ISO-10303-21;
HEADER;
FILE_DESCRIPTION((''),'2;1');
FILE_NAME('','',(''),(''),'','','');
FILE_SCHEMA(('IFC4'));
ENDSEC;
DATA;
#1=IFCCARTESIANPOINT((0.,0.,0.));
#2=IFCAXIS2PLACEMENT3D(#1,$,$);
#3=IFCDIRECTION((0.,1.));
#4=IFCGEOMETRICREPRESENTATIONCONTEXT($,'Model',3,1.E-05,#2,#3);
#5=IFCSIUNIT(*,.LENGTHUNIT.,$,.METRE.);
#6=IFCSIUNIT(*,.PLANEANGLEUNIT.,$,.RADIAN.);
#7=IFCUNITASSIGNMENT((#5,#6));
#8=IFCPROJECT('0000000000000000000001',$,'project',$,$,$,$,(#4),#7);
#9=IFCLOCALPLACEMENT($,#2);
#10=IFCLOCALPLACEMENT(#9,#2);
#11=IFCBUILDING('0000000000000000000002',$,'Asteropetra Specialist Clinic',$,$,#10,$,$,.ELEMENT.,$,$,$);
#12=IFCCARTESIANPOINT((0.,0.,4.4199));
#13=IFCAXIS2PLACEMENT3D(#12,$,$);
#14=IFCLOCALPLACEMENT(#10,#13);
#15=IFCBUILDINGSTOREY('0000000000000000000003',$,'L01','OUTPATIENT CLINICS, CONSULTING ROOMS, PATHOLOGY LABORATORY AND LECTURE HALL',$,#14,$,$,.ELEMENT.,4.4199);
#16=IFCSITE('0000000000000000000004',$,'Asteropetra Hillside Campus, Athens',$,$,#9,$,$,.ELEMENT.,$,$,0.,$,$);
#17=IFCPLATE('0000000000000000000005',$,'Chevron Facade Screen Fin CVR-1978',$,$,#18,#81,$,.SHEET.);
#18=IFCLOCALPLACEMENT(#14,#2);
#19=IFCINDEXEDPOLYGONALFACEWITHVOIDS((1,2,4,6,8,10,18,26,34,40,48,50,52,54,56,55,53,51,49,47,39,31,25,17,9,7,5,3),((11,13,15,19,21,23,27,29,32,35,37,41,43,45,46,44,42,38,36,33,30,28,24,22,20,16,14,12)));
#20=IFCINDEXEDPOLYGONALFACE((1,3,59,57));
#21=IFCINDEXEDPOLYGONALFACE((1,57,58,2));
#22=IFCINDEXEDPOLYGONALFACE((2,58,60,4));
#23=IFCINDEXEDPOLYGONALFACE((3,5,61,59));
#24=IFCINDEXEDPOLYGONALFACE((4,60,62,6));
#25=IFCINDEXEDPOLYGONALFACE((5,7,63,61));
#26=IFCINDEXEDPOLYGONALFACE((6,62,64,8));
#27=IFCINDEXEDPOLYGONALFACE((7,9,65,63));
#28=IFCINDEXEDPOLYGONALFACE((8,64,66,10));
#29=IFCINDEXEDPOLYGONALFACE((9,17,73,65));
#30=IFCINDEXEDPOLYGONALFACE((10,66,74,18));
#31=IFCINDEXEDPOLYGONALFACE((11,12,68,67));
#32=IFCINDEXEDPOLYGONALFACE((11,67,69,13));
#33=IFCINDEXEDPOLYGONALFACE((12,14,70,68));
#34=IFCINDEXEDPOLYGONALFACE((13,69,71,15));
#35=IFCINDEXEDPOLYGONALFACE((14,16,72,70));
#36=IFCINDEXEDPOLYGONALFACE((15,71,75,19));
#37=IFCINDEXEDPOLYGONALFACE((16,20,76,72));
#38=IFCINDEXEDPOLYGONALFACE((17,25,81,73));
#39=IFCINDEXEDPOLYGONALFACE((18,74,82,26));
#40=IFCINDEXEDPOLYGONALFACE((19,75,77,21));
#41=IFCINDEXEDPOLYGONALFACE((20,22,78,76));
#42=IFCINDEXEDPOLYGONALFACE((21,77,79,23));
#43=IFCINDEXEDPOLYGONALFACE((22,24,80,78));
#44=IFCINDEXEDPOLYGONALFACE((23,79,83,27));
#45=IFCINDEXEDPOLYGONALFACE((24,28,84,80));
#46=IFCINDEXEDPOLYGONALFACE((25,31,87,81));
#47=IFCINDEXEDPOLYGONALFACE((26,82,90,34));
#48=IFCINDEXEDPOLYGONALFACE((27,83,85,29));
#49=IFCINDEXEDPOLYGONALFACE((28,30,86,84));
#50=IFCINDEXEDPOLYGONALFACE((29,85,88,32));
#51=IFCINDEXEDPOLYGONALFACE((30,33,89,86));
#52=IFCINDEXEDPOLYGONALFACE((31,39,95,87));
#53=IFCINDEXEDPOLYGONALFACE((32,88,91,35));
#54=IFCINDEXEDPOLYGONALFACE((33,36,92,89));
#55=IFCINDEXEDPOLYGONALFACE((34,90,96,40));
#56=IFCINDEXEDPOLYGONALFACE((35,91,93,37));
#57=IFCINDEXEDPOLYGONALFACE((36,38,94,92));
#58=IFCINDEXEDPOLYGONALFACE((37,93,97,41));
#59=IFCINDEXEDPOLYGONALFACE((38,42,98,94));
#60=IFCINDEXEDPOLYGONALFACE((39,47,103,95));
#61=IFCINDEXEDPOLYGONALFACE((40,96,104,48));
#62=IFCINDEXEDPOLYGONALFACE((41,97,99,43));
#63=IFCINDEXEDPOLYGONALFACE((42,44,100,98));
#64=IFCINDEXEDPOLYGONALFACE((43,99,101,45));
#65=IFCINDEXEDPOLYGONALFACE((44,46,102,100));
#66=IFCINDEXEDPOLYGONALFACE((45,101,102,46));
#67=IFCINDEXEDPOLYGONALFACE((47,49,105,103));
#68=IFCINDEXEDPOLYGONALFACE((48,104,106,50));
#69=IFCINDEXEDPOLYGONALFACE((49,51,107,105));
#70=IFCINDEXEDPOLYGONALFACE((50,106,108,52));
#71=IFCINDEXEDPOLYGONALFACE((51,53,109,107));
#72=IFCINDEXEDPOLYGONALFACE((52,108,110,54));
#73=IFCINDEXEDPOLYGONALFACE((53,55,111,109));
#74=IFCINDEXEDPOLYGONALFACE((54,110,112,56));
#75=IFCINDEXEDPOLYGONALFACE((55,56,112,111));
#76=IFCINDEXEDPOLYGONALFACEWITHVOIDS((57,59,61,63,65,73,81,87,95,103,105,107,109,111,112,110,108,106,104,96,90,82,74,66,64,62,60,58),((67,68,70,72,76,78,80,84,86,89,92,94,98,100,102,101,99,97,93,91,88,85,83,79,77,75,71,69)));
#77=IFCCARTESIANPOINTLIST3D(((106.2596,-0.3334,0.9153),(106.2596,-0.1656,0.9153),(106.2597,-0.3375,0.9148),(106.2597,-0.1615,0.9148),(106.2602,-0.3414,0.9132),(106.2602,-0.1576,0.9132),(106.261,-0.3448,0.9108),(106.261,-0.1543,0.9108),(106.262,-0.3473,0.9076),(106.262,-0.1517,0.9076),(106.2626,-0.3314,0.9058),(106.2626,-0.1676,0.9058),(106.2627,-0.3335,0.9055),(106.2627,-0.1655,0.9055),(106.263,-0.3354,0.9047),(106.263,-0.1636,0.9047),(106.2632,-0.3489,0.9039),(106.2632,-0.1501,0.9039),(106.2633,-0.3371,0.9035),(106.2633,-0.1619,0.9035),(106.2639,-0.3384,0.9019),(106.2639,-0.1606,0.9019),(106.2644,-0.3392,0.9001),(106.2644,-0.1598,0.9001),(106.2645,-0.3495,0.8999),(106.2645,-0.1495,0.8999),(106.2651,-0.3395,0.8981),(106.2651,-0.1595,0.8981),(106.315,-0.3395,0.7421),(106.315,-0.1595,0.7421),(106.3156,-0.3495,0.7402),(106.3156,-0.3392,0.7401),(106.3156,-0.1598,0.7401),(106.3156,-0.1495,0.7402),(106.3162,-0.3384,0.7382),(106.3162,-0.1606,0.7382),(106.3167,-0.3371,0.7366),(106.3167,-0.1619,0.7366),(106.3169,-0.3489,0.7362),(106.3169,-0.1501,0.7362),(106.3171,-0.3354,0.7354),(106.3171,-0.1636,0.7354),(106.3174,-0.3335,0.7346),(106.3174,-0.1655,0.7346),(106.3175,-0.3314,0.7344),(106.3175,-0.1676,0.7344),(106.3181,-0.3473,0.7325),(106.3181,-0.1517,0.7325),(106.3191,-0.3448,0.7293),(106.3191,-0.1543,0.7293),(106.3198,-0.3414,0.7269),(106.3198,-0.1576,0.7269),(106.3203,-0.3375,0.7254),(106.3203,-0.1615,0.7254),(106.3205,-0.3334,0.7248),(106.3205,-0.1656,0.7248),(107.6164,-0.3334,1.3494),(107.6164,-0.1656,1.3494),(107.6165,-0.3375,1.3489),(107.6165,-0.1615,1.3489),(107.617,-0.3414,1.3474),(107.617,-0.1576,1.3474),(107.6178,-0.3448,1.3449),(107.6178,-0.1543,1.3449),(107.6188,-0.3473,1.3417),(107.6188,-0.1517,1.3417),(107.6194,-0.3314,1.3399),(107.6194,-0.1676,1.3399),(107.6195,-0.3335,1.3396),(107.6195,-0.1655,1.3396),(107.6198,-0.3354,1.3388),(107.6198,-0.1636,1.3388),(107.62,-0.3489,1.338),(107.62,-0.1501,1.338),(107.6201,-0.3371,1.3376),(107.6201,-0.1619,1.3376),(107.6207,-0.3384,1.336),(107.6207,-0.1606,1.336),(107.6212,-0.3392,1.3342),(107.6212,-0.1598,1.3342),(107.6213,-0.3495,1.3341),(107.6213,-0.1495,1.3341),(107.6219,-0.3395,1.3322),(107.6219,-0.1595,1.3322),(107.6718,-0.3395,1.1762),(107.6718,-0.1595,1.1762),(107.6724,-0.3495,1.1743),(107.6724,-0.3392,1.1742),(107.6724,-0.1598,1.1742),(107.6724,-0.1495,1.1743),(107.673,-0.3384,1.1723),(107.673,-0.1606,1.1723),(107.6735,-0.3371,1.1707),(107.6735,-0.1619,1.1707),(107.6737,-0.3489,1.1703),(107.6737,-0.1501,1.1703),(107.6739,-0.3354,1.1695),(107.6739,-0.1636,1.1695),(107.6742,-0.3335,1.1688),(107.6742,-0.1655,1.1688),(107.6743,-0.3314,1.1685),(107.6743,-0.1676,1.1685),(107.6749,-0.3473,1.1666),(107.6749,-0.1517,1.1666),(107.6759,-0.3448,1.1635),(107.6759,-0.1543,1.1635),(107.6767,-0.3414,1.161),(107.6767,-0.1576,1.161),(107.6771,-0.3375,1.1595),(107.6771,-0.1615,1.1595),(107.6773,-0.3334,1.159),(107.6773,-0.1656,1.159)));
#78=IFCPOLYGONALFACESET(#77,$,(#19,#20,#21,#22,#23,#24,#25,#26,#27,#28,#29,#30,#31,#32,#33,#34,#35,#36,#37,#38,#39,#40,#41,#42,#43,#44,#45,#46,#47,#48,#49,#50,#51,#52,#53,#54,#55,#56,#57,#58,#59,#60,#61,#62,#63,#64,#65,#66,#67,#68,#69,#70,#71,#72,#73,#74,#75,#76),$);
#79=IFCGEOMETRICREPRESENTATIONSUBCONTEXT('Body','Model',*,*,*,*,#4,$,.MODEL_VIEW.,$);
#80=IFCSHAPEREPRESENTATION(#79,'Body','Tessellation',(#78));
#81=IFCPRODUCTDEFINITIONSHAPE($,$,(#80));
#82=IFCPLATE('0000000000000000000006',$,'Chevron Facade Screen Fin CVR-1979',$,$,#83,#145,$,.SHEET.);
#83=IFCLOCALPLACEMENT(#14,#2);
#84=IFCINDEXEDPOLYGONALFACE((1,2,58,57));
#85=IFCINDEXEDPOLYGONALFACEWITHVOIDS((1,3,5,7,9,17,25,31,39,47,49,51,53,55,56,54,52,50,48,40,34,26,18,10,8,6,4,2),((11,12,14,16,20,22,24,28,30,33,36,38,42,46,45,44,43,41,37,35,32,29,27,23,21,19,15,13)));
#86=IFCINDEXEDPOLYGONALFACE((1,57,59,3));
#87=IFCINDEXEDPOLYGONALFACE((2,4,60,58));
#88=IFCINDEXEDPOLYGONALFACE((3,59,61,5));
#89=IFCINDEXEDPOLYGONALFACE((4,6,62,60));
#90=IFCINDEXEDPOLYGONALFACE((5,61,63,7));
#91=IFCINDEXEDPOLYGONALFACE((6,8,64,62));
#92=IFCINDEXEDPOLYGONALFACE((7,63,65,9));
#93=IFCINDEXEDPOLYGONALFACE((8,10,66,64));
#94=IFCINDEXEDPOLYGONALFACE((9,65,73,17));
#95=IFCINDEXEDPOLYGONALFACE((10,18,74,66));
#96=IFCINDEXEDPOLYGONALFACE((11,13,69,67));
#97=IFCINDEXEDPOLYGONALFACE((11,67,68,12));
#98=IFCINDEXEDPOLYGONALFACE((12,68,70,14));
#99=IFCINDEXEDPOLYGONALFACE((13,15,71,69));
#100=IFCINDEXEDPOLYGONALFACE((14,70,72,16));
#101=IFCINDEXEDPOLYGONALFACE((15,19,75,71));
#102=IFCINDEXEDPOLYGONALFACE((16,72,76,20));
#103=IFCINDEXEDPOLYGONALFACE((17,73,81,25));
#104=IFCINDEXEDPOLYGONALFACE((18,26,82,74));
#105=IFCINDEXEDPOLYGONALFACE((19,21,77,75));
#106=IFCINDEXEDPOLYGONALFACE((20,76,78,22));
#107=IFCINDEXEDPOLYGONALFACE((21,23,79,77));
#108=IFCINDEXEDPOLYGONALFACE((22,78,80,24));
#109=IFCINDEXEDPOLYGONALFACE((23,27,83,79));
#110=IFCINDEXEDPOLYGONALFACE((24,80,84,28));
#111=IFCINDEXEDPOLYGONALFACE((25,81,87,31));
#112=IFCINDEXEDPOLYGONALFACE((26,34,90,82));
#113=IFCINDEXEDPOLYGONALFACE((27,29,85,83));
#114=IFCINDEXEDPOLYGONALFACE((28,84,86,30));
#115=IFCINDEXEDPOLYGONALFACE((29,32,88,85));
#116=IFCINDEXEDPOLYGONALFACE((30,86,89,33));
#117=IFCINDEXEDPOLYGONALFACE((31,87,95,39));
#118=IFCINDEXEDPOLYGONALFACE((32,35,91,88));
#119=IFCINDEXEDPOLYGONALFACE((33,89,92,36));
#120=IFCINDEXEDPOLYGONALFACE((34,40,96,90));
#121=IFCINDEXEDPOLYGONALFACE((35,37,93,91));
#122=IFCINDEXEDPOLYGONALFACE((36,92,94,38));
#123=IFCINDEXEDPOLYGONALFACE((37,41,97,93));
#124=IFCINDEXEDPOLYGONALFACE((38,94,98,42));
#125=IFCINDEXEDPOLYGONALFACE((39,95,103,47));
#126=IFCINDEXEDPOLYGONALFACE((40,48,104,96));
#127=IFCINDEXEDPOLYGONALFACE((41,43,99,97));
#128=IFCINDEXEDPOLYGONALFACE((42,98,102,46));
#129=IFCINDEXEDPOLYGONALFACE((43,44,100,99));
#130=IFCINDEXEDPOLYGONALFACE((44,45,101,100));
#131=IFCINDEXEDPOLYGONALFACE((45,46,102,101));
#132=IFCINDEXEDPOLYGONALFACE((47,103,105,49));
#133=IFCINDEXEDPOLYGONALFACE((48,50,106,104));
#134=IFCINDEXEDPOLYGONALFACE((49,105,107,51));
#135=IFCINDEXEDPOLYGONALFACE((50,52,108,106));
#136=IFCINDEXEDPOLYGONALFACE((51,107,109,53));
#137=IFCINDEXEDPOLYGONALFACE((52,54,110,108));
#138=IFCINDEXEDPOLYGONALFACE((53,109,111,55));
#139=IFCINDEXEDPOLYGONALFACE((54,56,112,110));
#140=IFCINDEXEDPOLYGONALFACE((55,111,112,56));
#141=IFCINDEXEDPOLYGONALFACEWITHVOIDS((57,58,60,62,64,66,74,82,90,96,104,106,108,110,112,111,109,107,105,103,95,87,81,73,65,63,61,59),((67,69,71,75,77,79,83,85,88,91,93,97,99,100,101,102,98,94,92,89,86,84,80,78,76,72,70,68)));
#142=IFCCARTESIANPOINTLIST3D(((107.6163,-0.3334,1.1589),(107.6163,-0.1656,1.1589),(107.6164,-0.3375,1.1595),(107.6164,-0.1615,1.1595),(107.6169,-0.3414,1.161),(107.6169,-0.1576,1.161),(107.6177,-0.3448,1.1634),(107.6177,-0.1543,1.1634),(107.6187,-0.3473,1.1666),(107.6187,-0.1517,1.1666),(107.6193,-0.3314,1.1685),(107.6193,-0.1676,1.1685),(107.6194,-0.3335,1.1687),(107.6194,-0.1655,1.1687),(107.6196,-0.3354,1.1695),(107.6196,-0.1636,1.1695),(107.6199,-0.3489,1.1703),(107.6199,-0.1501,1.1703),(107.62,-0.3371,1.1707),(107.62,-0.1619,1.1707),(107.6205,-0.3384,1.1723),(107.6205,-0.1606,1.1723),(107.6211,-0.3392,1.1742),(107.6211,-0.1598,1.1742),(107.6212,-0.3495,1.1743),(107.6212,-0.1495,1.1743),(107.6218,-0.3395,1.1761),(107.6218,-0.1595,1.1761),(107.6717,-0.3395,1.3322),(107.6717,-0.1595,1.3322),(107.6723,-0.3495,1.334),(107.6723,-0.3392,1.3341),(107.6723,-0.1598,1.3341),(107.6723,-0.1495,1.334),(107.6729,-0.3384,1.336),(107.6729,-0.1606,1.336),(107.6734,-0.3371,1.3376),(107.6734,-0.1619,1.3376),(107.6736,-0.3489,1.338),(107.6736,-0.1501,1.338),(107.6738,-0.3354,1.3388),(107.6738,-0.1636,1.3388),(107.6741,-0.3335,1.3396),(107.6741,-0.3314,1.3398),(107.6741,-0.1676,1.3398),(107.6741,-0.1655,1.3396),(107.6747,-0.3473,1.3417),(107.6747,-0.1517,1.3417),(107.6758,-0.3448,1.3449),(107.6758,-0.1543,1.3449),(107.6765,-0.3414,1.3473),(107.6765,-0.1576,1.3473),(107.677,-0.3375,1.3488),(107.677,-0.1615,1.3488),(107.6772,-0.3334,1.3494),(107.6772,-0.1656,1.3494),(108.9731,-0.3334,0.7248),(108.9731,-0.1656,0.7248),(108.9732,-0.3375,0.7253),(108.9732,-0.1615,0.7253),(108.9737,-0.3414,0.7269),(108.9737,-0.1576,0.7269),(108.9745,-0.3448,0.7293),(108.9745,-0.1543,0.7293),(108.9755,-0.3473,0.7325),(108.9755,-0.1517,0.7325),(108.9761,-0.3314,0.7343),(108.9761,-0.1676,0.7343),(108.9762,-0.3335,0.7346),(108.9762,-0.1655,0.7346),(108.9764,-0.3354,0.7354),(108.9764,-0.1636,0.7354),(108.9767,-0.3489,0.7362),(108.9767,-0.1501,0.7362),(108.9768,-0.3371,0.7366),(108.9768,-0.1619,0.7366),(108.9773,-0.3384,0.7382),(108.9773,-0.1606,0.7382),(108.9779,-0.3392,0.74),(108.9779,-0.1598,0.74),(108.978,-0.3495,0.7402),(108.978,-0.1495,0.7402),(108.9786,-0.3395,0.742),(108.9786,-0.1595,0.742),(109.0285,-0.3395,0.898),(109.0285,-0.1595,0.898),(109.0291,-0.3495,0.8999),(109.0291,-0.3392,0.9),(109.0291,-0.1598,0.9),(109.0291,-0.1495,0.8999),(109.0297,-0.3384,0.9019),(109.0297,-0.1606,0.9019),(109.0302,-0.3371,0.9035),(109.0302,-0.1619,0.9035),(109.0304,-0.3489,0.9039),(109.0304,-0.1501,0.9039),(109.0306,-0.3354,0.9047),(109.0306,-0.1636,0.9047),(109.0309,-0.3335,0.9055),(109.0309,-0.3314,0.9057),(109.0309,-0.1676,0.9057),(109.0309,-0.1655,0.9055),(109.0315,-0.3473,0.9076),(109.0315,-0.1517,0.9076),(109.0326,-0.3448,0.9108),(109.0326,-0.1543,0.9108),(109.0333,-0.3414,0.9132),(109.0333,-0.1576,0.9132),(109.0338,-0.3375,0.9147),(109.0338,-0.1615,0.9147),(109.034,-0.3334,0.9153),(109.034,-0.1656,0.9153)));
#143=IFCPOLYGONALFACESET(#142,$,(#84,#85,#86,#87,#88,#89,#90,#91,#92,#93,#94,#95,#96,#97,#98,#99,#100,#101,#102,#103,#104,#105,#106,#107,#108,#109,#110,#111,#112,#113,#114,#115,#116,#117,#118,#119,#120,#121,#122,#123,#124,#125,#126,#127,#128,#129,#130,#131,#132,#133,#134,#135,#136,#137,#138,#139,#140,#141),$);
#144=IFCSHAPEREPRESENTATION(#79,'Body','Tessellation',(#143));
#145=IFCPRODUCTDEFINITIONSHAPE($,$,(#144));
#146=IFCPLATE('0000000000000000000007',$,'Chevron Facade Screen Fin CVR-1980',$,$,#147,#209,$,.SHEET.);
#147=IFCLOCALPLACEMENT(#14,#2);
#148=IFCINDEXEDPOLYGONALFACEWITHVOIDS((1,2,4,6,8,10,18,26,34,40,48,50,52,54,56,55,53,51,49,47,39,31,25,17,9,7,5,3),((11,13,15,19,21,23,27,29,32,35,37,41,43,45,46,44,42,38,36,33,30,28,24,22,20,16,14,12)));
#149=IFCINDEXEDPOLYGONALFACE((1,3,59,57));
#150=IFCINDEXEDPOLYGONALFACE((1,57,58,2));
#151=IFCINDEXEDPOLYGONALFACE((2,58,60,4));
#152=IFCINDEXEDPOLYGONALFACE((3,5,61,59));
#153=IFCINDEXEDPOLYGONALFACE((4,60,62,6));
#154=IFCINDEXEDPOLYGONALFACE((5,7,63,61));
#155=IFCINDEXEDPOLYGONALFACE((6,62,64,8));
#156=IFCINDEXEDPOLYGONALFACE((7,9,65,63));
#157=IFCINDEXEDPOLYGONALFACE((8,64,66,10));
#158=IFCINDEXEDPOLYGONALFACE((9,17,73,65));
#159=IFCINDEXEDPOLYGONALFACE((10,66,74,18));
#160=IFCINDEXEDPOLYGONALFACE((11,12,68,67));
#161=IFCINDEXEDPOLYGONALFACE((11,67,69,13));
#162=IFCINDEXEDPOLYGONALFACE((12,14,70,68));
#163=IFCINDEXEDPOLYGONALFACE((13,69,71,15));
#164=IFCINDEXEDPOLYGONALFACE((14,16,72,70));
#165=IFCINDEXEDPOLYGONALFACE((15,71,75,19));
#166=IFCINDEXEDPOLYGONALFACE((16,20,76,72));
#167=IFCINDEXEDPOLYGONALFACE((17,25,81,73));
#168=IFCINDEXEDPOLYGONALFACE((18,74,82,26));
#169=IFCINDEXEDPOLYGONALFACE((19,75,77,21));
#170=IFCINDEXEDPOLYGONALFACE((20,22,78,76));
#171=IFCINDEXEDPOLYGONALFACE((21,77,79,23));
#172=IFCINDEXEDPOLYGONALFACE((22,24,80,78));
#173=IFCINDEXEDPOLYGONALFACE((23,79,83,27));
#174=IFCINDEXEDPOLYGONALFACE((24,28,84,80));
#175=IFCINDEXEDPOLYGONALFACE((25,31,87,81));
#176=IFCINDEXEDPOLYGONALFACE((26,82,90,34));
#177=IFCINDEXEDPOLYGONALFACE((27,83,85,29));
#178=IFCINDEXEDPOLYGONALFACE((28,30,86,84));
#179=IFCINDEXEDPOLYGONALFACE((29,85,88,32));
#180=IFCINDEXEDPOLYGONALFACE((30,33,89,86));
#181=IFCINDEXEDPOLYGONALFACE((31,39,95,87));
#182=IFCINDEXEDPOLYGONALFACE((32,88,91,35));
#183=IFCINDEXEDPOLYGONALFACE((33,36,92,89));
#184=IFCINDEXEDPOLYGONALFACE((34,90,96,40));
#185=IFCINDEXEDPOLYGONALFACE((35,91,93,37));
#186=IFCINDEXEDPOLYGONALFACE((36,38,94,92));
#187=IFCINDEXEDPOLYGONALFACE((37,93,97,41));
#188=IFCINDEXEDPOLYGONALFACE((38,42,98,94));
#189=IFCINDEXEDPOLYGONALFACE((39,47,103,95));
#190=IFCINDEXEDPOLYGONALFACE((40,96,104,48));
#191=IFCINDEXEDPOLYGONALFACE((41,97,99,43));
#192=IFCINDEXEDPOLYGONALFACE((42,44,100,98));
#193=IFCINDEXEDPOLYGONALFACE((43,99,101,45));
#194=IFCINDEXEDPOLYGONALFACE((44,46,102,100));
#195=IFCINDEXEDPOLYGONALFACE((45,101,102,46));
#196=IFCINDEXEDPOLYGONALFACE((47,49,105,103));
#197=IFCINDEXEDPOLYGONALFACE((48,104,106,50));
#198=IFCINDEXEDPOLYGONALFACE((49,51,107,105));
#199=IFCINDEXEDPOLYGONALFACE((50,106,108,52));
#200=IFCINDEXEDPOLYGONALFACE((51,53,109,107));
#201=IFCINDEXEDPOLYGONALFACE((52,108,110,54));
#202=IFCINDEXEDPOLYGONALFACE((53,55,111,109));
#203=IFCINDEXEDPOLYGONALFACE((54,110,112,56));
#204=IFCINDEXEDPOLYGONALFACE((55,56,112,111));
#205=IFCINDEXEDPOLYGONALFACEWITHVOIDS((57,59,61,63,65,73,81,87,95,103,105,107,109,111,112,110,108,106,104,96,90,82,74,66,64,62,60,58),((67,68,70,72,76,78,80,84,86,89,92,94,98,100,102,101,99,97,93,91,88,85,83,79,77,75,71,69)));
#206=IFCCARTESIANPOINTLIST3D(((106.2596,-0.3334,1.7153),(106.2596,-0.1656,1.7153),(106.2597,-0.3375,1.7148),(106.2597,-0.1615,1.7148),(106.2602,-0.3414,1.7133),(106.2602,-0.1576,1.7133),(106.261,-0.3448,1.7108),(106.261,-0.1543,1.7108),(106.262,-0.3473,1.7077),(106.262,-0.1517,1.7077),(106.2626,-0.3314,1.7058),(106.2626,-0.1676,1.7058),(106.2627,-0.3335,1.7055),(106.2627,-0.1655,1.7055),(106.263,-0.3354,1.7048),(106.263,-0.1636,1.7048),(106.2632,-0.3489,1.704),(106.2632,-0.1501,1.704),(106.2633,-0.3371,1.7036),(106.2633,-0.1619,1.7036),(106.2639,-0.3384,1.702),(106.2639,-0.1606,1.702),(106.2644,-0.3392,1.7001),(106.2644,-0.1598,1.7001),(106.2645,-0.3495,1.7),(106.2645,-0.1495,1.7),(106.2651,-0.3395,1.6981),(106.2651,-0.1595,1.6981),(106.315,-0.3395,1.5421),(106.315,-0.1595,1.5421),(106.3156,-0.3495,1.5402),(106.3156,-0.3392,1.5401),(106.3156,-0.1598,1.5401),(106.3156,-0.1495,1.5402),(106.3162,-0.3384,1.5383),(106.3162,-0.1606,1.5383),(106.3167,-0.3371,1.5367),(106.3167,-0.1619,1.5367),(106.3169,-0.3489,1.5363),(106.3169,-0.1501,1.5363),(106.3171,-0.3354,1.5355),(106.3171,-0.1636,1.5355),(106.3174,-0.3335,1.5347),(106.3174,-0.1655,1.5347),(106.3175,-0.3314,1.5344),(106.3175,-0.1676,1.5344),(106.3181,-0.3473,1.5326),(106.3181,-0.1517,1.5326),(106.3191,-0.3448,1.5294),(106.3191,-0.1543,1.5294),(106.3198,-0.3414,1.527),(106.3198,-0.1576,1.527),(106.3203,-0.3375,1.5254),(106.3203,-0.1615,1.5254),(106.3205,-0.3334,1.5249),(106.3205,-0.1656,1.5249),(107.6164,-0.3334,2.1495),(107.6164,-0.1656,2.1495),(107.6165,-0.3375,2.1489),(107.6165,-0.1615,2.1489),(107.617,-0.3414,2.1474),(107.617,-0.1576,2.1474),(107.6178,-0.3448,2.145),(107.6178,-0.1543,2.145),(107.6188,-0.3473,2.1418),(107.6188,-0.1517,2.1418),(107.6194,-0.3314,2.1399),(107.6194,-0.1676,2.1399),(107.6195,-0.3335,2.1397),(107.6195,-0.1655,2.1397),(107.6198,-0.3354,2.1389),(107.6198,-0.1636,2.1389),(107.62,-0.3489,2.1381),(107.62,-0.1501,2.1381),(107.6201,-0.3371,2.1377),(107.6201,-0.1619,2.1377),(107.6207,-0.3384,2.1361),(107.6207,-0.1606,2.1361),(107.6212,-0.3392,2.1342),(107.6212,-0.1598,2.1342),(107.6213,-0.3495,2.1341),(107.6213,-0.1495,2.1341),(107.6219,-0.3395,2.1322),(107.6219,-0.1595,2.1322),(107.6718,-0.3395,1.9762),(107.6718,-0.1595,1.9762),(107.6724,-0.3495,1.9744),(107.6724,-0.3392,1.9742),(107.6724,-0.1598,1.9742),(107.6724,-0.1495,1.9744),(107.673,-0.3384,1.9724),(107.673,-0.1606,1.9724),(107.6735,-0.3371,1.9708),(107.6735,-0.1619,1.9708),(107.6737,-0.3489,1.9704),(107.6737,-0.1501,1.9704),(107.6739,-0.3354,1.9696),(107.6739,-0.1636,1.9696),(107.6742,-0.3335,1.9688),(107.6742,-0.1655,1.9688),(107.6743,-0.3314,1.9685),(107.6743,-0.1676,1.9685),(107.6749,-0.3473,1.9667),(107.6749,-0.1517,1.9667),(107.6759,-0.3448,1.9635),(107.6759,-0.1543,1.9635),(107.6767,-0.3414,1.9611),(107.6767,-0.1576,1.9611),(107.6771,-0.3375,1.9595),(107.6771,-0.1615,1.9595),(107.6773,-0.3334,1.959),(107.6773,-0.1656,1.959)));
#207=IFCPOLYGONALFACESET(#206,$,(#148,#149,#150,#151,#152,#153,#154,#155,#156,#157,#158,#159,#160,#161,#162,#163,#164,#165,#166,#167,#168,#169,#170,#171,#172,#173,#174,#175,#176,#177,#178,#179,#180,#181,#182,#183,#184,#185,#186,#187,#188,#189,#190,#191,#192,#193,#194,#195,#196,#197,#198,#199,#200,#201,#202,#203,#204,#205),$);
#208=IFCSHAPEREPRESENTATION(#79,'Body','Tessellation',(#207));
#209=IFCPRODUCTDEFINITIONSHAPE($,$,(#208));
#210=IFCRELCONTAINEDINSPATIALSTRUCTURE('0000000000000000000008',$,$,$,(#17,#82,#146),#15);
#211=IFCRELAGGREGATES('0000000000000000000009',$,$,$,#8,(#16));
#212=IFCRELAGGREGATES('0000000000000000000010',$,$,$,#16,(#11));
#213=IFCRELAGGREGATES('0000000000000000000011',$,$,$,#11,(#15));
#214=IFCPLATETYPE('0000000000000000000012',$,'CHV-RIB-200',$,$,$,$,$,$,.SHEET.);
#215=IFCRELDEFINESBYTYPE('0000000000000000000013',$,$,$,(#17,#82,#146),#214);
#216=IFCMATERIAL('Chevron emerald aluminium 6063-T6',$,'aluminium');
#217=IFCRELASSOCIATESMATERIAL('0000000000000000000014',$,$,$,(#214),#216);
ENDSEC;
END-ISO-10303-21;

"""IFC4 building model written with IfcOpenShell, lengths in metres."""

from ifc_helpers import new_model, si_unit, direction, frame, origin, origin_2d, place, context, subcontext, project, spatial, hollow_rectangle, extrude, material, material_profile, profile_set, type_object, element, save


model = new_model("IFC4")

# Units and contexts
model_context = context("Model", 3, precision=1e-05, world=origin(), true_north=direction((0.0, 1.0)))
body_context = subcontext(model_context, "Body", "Model", "MODEL_VIEW")
ifc_project = project(units=[si_unit("LENGTHUNIT", "METRE"), si_unit("PLANEANGLEUNIT", "RADIAN")], contexts=[model_context])

# Site, building, storey
site_placement = place(None, origin())
site = spatial("IfcSite", under=ifc_project, at=site_placement, Name="Asteropetra Hillside Campus, Athens", CompositionType="ELEMENT", RefElevation=0.0)
building_placement = place(site_placement, origin())
building = spatial("IfcBuilding", under=site, at=building_placement, Name="Asteropetra Specialist Clinic", CompositionType="ELEMENT")
storey_placement = place(building_placement, frame((0.0, 0.0, 4.4199)))
storey = spatial("IfcBuildingStorey", under=building, at=storey_placement, Name="L01", Description="OUTPATIENT CLINICS, CONSULTING ROOMS, PATHOLOGY LABORATORY AND LECTURE HALL", CompositionType="ELEMENT", Elevation=4.4199)

# Plates
ifc_material_1 = material(Name="Chevron emerald aluminium 6063-T6", Category="aluminium")
ifc_material_profile_1 = material_profile(ifc_material_1, hollow_rectangle(XDim=0.2, YDim=0.2, WallThickness=0.01, InnerFilletRadius=0.0081, OuterFilletRadius=0.0161, at=origin_2d()), Name="SHS 200x200x10.0")
ifc_profile_set_1 = profile_set([ifc_material_profile_1], Name="Chevron emerald aluminium 6063-T6")
plate_type = type_object("IfcPlateType", Name="CHV-RIB-200", PredefinedType="SHEET", material=ifc_profile_set_1)
for number, where, z_axis, x_axis, name in (
    (1, (106.29, -0.2495, 0.8201), (0.952436, 0.0, 0.304738), (0.0, 1.0, 0.0), "Chevron Facade Screen Fin CVR-1978"),
    (2, (107.6467, -0.2495, 1.2542), (0.952436, 0.0, -0.304738), (0.0, 1.0, 0.0), "Chevron Facade Screen Fin CVR-1979"),
    (3, (106.29, -0.2495, 1.6201), (0.952436, 0.0, 0.304738), (0.0, 1.0, 0.0), "Chevron Facade Screen Fin CVR-1980"),
):
    element("IfcPlate", number, at=place(storey_placement, frame(where, z_axis=z_axis, x_axis=x_axis)), inside=storey, type_object=plate_type, Name=name, PredefinedType="SHEET", context=body_context, shape_type="SweptSolid", body=[
        extrude(hollow_rectangle(XDim=0.2, YDim=0.2, WallThickness=0.01, InnerFilletRadius=0.0081, OuterFilletRadius=0.0161, at=origin_2d()), origin(), (0.0, 0.0, 1.0), 1.4246),
    ])

save(model, "model.ifc")
